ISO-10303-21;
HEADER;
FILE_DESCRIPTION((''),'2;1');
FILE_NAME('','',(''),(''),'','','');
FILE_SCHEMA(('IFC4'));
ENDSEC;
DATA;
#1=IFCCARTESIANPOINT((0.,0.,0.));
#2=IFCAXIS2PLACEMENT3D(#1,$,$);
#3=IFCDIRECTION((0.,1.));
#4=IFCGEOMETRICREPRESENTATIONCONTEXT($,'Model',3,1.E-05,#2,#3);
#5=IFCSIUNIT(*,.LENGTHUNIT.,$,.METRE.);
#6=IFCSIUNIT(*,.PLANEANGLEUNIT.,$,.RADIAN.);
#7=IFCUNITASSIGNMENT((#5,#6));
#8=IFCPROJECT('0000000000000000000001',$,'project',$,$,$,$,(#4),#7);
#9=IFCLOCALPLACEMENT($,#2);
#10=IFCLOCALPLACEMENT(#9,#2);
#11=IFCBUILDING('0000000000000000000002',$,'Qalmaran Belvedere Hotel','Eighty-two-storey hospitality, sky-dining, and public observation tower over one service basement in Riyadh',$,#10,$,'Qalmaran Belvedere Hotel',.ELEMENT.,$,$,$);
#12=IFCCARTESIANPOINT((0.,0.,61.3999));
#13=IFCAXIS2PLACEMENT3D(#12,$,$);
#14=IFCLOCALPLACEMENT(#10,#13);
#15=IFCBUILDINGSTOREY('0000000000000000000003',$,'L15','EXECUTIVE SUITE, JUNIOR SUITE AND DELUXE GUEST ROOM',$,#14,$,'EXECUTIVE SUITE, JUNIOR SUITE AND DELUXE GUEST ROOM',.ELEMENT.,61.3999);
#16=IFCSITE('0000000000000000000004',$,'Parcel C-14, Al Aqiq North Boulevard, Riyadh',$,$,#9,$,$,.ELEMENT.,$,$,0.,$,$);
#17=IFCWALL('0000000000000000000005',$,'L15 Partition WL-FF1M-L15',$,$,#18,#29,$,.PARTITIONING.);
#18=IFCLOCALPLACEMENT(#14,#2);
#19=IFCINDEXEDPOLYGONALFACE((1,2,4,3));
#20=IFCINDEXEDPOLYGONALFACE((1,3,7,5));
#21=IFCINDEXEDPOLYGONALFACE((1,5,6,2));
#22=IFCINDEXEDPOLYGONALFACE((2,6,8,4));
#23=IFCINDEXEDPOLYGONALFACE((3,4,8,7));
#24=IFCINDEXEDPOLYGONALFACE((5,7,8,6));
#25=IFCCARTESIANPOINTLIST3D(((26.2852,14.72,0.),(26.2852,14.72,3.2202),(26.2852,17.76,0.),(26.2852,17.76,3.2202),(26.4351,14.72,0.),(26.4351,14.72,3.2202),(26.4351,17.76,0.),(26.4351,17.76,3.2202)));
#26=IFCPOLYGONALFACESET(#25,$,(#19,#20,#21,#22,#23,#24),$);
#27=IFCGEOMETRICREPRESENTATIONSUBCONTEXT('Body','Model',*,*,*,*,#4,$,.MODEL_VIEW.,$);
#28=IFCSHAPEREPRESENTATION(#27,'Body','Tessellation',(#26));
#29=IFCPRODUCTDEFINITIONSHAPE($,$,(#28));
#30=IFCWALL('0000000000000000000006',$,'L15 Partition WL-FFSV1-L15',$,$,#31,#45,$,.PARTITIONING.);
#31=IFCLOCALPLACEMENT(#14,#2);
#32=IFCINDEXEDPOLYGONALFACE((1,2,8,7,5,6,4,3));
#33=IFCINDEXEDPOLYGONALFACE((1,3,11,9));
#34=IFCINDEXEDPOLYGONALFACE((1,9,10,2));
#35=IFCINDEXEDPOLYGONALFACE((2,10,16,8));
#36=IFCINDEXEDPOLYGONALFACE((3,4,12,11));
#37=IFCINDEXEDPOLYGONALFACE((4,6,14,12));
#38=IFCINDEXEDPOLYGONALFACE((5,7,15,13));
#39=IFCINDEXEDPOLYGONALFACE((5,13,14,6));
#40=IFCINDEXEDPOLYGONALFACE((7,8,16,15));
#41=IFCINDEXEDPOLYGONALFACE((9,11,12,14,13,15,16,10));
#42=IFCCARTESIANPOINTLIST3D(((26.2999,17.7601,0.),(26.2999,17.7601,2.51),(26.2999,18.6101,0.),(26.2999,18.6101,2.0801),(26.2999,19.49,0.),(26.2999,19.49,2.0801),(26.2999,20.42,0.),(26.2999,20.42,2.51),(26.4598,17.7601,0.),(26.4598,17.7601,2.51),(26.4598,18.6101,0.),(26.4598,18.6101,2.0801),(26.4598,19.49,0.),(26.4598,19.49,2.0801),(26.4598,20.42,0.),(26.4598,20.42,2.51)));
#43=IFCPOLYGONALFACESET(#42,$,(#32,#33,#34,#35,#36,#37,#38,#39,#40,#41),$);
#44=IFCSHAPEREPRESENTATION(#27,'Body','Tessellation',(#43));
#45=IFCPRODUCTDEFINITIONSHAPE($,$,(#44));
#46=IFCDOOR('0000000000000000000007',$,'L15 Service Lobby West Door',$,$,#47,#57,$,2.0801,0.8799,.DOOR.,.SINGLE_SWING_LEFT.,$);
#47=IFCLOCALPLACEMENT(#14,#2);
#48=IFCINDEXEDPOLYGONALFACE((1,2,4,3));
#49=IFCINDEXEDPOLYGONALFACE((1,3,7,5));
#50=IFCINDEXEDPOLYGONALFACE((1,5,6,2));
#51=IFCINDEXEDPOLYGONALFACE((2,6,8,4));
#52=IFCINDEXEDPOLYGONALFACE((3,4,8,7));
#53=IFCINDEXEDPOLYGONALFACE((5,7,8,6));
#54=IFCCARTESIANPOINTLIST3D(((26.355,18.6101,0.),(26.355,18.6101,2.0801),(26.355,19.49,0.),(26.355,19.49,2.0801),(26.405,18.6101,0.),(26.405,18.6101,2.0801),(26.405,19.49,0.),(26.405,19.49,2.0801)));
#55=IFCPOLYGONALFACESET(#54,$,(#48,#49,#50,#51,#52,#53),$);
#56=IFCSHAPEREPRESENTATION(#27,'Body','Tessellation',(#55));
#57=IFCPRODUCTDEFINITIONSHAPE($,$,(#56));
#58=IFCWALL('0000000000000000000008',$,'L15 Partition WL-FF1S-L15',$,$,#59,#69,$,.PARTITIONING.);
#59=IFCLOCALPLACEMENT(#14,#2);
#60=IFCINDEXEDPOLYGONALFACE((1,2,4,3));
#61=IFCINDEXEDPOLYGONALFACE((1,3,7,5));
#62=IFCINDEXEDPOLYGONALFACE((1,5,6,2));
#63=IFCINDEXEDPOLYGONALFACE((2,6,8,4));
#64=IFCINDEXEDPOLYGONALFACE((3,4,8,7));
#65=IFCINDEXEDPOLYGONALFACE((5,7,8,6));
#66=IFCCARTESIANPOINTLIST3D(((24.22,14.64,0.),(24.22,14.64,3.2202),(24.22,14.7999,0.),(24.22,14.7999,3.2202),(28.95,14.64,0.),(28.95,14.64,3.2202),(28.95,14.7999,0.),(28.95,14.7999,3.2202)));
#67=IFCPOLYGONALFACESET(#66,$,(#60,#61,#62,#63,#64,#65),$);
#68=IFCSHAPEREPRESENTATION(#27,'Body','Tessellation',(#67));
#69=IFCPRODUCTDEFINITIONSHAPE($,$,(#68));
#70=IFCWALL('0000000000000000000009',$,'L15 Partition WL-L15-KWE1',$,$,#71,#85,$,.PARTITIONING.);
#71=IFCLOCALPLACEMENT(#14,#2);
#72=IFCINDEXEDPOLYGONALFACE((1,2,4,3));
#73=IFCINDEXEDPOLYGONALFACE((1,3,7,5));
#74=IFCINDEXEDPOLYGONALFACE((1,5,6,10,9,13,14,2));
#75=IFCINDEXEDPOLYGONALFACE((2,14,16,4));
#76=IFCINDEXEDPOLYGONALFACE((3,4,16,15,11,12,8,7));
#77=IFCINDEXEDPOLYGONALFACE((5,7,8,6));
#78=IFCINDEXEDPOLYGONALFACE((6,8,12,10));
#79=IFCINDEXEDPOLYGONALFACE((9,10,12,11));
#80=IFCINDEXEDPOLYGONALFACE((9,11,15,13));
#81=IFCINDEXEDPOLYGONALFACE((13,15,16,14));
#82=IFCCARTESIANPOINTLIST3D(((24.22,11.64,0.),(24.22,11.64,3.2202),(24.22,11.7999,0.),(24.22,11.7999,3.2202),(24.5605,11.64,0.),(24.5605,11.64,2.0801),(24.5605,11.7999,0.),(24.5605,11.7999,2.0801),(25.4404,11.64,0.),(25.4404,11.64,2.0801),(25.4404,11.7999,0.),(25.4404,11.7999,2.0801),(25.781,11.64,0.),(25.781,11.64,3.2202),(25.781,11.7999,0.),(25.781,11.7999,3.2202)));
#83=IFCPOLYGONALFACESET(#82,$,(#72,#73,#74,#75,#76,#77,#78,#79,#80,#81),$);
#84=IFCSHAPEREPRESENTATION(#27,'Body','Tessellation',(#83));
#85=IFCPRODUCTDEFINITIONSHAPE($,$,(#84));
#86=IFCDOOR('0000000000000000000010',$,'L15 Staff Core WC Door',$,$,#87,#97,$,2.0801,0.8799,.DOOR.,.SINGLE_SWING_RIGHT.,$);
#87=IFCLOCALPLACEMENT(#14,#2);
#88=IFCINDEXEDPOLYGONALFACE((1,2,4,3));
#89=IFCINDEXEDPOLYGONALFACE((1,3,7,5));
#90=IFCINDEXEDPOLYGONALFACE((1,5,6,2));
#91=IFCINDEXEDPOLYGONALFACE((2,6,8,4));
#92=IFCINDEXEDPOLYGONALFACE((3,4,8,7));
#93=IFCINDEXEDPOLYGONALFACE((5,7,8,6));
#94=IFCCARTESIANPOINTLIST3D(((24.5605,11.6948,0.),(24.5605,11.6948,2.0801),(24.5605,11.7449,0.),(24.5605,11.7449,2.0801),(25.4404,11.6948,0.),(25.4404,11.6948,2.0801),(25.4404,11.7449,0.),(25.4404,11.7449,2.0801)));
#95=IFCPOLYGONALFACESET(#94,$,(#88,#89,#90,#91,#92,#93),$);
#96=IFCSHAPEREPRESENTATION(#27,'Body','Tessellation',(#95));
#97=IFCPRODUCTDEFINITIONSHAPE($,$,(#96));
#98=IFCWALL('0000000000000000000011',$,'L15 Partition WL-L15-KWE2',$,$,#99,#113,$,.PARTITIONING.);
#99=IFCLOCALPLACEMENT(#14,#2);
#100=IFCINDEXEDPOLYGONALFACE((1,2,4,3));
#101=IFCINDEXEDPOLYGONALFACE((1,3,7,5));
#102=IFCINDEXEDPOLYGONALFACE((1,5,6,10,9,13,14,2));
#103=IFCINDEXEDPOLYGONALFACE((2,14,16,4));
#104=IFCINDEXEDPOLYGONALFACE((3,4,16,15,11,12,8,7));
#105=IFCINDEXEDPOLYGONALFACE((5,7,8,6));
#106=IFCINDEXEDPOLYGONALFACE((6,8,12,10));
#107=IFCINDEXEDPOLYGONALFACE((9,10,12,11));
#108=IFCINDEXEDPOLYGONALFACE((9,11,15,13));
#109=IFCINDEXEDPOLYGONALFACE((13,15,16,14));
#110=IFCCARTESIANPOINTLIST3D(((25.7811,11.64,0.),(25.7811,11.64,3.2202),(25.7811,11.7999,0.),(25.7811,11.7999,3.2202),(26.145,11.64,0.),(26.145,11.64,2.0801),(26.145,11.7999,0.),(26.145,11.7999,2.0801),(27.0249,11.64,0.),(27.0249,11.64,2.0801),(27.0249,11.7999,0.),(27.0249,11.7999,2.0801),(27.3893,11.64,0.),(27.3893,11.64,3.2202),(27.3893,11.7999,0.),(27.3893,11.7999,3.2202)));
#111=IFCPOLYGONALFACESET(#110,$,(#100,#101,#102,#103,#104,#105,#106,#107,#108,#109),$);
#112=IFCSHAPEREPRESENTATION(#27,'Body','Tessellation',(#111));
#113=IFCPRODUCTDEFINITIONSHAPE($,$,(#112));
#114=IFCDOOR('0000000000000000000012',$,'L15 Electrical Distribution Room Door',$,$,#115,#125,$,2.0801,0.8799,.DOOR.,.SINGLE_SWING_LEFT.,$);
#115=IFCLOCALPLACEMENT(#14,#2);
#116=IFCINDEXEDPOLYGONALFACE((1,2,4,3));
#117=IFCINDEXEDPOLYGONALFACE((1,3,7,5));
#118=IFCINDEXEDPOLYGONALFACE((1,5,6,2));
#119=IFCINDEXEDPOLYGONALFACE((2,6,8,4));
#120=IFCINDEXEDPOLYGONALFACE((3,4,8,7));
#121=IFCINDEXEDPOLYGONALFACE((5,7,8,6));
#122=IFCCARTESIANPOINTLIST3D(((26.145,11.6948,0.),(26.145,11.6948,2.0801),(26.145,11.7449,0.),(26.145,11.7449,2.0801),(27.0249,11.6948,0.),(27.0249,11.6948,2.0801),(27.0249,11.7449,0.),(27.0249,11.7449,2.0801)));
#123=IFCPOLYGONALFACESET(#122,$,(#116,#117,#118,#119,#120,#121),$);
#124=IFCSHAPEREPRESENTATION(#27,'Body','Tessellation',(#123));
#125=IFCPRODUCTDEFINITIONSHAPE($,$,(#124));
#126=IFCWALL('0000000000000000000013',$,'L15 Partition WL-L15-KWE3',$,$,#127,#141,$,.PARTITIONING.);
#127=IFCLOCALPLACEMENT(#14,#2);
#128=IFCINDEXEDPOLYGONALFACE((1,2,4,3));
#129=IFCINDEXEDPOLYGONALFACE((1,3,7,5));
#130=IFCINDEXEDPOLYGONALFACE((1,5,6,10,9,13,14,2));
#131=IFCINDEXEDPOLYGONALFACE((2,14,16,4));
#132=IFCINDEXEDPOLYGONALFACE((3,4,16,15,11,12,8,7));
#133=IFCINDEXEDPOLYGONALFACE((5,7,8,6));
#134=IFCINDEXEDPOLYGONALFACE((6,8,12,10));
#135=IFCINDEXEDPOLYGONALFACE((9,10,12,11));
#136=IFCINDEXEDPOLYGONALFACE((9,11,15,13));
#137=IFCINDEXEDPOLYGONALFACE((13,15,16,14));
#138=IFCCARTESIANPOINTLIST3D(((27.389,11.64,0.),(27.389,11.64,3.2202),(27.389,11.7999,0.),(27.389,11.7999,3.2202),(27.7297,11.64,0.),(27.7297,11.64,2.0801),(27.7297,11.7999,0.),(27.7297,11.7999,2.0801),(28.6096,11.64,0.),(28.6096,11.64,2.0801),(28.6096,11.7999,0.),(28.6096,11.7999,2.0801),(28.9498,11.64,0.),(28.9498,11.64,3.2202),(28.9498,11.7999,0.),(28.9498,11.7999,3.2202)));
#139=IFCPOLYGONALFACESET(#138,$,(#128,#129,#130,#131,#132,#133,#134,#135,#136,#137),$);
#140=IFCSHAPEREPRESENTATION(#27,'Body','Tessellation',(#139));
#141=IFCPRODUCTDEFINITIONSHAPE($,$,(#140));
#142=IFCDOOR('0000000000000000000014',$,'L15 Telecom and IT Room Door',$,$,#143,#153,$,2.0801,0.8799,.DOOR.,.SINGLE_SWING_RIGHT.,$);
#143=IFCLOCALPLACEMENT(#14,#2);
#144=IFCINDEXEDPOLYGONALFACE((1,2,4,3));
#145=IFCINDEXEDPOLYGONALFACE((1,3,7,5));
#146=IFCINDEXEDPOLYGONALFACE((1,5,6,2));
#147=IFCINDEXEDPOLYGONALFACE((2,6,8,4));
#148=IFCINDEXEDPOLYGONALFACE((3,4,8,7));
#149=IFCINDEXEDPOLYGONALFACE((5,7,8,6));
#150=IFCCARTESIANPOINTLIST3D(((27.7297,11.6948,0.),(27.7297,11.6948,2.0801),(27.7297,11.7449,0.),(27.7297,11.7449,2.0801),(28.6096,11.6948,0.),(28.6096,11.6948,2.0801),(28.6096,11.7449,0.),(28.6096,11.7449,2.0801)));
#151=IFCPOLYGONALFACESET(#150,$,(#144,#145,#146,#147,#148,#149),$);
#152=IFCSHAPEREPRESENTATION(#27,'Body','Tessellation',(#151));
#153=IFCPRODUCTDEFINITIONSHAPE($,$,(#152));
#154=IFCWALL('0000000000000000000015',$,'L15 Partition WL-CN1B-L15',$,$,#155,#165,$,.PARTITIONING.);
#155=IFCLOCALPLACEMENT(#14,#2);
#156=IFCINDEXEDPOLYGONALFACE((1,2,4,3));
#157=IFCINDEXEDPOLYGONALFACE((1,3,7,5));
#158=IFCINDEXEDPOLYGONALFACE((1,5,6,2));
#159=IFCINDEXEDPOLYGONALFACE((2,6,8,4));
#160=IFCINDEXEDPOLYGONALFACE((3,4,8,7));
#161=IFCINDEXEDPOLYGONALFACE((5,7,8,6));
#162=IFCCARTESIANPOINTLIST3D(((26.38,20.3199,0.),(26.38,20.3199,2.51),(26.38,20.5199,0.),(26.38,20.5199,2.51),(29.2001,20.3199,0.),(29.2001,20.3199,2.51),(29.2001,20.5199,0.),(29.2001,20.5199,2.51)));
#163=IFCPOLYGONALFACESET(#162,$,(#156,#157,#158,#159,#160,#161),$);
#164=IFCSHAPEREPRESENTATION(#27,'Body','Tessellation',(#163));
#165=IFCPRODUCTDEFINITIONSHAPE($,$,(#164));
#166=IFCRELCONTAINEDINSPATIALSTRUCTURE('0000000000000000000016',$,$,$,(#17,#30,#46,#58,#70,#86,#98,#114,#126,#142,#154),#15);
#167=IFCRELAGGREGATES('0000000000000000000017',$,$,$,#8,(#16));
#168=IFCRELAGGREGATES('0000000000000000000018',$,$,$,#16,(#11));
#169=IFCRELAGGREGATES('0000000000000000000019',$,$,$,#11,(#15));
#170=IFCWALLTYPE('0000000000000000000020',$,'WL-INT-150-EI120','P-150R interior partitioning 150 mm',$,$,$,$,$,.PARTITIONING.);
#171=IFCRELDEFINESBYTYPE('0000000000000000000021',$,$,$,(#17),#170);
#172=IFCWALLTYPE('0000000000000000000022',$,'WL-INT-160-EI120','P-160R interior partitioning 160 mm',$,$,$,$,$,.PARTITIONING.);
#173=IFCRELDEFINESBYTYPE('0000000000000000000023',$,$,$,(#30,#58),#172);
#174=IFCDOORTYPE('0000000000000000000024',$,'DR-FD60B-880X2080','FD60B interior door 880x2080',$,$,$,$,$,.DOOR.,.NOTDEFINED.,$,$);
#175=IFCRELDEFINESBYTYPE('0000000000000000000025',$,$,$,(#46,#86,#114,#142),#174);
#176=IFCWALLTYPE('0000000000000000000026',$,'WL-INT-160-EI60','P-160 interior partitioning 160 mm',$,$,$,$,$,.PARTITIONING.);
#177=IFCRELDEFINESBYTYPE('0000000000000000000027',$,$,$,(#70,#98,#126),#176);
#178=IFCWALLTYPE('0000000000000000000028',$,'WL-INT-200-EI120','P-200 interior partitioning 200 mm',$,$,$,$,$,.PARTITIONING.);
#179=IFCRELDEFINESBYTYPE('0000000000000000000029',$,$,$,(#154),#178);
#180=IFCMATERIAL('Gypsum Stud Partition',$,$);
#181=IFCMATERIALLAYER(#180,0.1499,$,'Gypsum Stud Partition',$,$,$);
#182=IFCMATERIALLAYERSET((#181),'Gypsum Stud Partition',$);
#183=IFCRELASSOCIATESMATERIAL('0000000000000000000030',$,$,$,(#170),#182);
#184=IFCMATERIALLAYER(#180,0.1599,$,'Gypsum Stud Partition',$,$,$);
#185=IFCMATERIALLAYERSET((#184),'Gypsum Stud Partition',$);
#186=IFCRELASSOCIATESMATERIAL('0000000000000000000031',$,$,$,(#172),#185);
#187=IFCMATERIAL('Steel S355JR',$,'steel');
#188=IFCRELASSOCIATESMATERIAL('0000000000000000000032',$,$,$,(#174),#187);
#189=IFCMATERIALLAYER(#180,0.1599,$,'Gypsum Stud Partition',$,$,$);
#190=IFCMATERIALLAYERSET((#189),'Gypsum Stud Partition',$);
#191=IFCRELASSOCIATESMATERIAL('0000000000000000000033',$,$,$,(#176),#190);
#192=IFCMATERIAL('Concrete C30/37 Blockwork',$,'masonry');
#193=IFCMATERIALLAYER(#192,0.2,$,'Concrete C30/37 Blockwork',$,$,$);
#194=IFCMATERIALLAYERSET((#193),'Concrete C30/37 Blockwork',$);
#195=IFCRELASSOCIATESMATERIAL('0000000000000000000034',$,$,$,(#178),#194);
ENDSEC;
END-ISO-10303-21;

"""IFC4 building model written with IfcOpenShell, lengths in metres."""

from ifc_helpers import new_model, si_unit, direction, frame, frame_2d, origin, place, context, subcontext, project, spatial, rectangle, extrude, material, layer, layer_set, type_object, element, fill, save


model = new_model("IFC4")

# Units and contexts
model_context = context("Model", 3, precision=1e-05, world=origin(), true_north=direction((0.0, 1.0)))
body_context = subcontext(model_context, "Body", "Model", "MODEL_VIEW")
ifc_project = project(units=[si_unit("LENGTHUNIT", "METRE"), si_unit("PLANEANGLEUNIT", "RADIAN")], contexts=[model_context])

# Site, building, storey
site_placement = place(None, origin())
site = spatial("IfcSite", under=ifc_project, at=site_placement, Name="Parcel C-14, Al Aqiq North Boulevard, Riyadh", CompositionType="ELEMENT", RefElevation=0.0)
building_placement = place(site_placement, origin())
building = spatial("IfcBuilding", under=site, at=building_placement, Name="Qalmaran Belvedere Hotel", Description="Eighty-two-storey hospitality, sky-dining, and public observation tower over one service basement in Riyadh", LongName="Qalmaran Belvedere Hotel", CompositionType="ELEMENT")
storey_placement = place(building_placement, frame((0.0, 0.0, 61.3999)))
storey = spatial("IfcBuildingStorey", under=building, at=storey_placement, Name="L15", Description="EXECUTIVE SUITE, JUNIOR SUITE AND DELUXE GUEST ROOM", LongName="EXECUTIVE SUITE, JUNIOR SUITE AND DELUXE GUEST ROOM", CompositionType="ELEMENT", Elevation=61.3999)

# Wall
ifc_material_1 = material(Name="Gypsum Stud Partition")
ifc_layer_1 = layer(ifc_material_1, 0.1499, Name="Gypsum Stud Partition")
ifc_layer_set_1 = layer_set([ifc_layer_1], Name="Gypsum Stud Partition")
wall_type_1 = type_object("IfcWallType", Name="WL-INT-150-EI120", Description="P-150R interior partitioning 150 mm", PredefinedType="PARTITIONING", material=ifc_layer_set_1)
wall_1_placement = place(storey_placement, frame((26.3601, 14.72, 0.0), z_axis=(0.0, 0.0, 1.0), x_axis=(0.0, 1.0, 0.0)))
element("IfcWall", 1, at=wall_1_placement, inside=storey, type_object=wall_type_1, Name="L15 Partition WL-FF1M-L15", PredefinedType="PARTITIONING", context=body_context, shape_type="SweptSolid", body=[
    extrude(rectangle(XDim=3.04, YDim=0.1499, at=frame_2d((1.52, 0.0))), origin(), (0.0, 0.0, 1.0), 3.2202),
])

# Wall, opening, door
ifc_layer_2 = layer(ifc_material_1, 0.1599, Name="Gypsum Stud Partition")
ifc_layer_set_2 = layer_set([ifc_layer_2], Name="Gypsum Stud Partition")
wall_type_2 = type_object("IfcWallType", Name="WL-INT-160-EI120", Description="P-160R interior partitioning 160 mm", PredefinedType="PARTITIONING", material=ifc_layer_set_2)
wall_2_placement = place(storey_placement, frame((26.3799, 17.76, 0.0), z_axis=(0.0, 0.0, 1.0), x_axis=(0.0, 1.0, 0.0)))
wall_2 = element("IfcWall", 2, at=wall_2_placement, inside=storey, type_object=wall_type_2, Name="L15 Partition WL-FFSV1-L15", PredefinedType="PARTITIONING", context=body_context, shape_type="SweptSolid", body=[
    extrude(rectangle(XDim=2.6599, YDim=0.1599, at=frame_2d((1.3301, 0.0))), origin(), (0.0, 0.0, 1.0), 2.51),
])
opening_1_placement = place(wall_2_placement, frame((0.8501, 0.0, 0.0)))
opening_1 = element("IfcOpeningElement", 3, at=opening_1_placement, cuts=wall_2, PredefinedType="OPENING", context=body_context, shape_type="SweptSolid", body=[
    extrude(rectangle(XDim=0.8799, YDim=2.0801, at=frame_2d((0.4399, 1.04))), frame((0.0, 0.0898, 0.0), z_axis=(0.0, -1.0, 0.0), x_axis=(1.0, 0.0, 0.0)), (0.0, 0.0, 1.0), 0.1799),
])
ifc_material_2 = material(Name="Steel S355JR", Category="steel")
door_type_1 = type_object("IfcDoorType", Name="DR-FD60B-880X2080", Description="FD60B interior door 880x2080", OperationType="NOTDEFINED", PredefinedType="DOOR", material=ifc_material_2)
door_1_placement = place(opening_1_placement, origin())
door_1 = element("IfcDoor", 4, at=door_1_placement, inside=storey, type_object=door_type_1, Name="L15 Service Lobby West Door", OperationType="SINGLE_SWING_LEFT", OverallHeight=2.0801, OverallWidth=0.8799, PredefinedType="DOOR", context=body_context, shape_type="SweptSolid", body=[
    extrude(rectangle(XDim=0.8799, YDim=2.0801, at=frame_2d((0.4399, 1.04))), frame((0.0, 0.0249, 0.0), z_axis=(0.0, -1.0, 0.0), x_axis=(1.0, 0.0, 0.0)), (0.0, 0.0, 1.0), 0.05),
])
fill(opening_1, door_1)

# Wall
wall_3_placement = place(storey_placement, frame((24.22, 14.72, 0.0), z_axis=(0.0, 0.0, 1.0), x_axis=(1.0, 0.0, 0.0)))
element("IfcWall", 5, at=wall_3_placement, inside=storey, type_object=wall_type_2, Name="L15 Partition WL-FF1S-L15", PredefinedType="PARTITIONING", context=body_context, shape_type="SweptSolid", body=[
    extrude(rectangle(XDim=4.73, YDim=0.1599, at=frame_2d((2.365, 0.0))), origin(), (0.0, 0.0, 1.0), 3.2202),
])

# Walls, openings, doors
ifc_layer_3 = layer(ifc_material_1, 0.1599, Name="Gypsum Stud Partition")
ifc_layer_set_3 = layer_set([ifc_layer_3], Name="Gypsum Stud Partition")
wall_type_3 = type_object("IfcWallType", Name="WL-INT-160-EI60", Description="P-160 interior partitioning 160 mm", PredefinedType="PARTITIONING", material=ifc_layer_set_3)
wall_4_placement = place(storey_placement, frame((24.22, 11.72, 0.0), z_axis=(0.0, 0.0, 1.0), x_axis=(1.0, 0.0, 0.0)))
wall_4 = element("IfcWall", 6, at=wall_4_placement, inside=storey, type_object=wall_type_3, Name="L15 Partition WL-L15-KWE1", PredefinedType="PARTITIONING", context=body_context, shape_type="SweptSolid", body=[
    extrude(rectangle(XDim=1.561, YDim=0.1599, at=frame_2d((0.7805, 0.0))), origin(), (0.0, 0.0, 1.0), 3.2202),
])
opening_2_placement = place(wall_4_placement, frame((0.3406, 0.0, 0.0)))
opening_2 = element("IfcOpeningElement", 7, at=opening_2_placement, cuts=wall_4, PredefinedType="OPENING", context=body_context, shape_type="SweptSolid", body=[
    extrude(rectangle(XDim=0.8799, YDim=2.0801, at=frame_2d((0.4399, 1.04))), frame((0.0, 0.0898, 0.0), z_axis=(0.0, -1.0, 0.0), x_axis=(1.0, 0.0, 0.0)), (0.0, 0.0, 1.0), 0.1799),
])
door_2_placement = place(opening_2_placement, origin())
door_2 = element("IfcDoor", 8, at=door_2_placement, inside=storey, type_object=door_type_1, Name="L15 Staff Core WC Door", OperationType="SINGLE_SWING_RIGHT", OverallHeight=2.0801, OverallWidth=0.8799, PredefinedType="DOOR", context=body_context, shape_type="SweptSolid", body=[
    extrude(rectangle(XDim=0.8799, YDim=2.0801, at=frame_2d((0.4399, 1.04))), frame((0.0, 0.0249, 0.0), z_axis=(0.0, -1.0, 0.0), x_axis=(1.0, 0.0, 0.0)), (0.0, 0.0, 1.0), 0.05),
])
fill(opening_2, door_2)
wall_5_placement = place(storey_placement, frame((25.781, 11.72, 0.0), z_axis=(0.0, 0.0, 1.0), x_axis=(1.0, 0.0, 0.0)))
wall_5 = element("IfcWall", 9, at=wall_5_placement, inside=storey, type_object=wall_type_3, Name="L15 Partition WL-L15-KWE2", PredefinedType="PARTITIONING", context=body_context, shape_type="SweptSolid", body=[
    extrude(rectangle(XDim=1.6082, YDim=0.1599, at=frame_2d((0.8042, 0.0))), origin(), (0.0, 0.0, 1.0), 3.2202),
])
opening_3_placement = place(wall_5_placement, frame((0.364, 0.0, 0.0)))
opening_3 = element("IfcOpeningElement", 10, at=opening_3_placement, cuts=wall_5, PredefinedType="OPENING", context=body_context, shape_type="SweptSolid", body=[
    extrude(rectangle(XDim=0.8799, YDim=2.0801, at=frame_2d((0.4399, 1.04))), frame((0.0, 0.0898, 0.0), z_axis=(0.0, -1.0, 0.0), x_axis=(1.0, 0.0, 0.0)), (0.0, 0.0, 1.0), 0.1799),
])
door_3_placement = place(opening_3_placement, origin())
door_3 = element("IfcDoor", 11, at=door_3_placement, inside=storey, type_object=door_type_1, Name="L15 Electrical Distribution Room Door", OperationType="SINGLE_SWING_LEFT", OverallHeight=2.0801, OverallWidth=0.8799, PredefinedType="DOOR", context=body_context, shape_type="SweptSolid", body=[
    extrude(rectangle(XDim=0.8799, YDim=2.0801, at=frame_2d((0.4399, 1.04))), frame((0.0, 0.0249, 0.0), z_axis=(0.0, -1.0, 0.0), x_axis=(1.0, 0.0, 0.0)), (0.0, 0.0, 1.0), 0.05),
])
fill(opening_3, door_3)
wall_6_placement = place(storey_placement, frame((27.3892, 11.72, 0.0), z_axis=(0.0, 0.0, 1.0), x_axis=(1.0, 0.0, 0.0)))
wall_6 = element("IfcWall", 12, at=wall_6_placement, inside=storey, type_object=wall_type_3, Name="L15 Partition WL-L15-KWE3", PredefinedType="PARTITIONING", context=body_context, shape_type="SweptSolid", body=[
    extrude(rectangle(XDim=1.5608, YDim=0.1599, at=frame_2d((0.7803, 0.0))), origin(), (0.0, 0.0, 1.0), 3.2202),
])
opening_4_placement = place(wall_6_placement, frame((0.3406, 0.0, 0.0)))
opening_4 = element("IfcOpeningElement", 13, at=opening_4_placement, cuts=wall_6, PredefinedType="OPENING", context=body_context, shape_type="SweptSolid", body=[
    extrude(rectangle(XDim=0.8799, YDim=2.0801, at=frame_2d((0.4399, 1.04))), frame((0.0, 0.0898, 0.0), z_axis=(0.0, -1.0, 0.0), x_axis=(1.0, 0.0, 0.0)), (0.0, 0.0, 1.0), 0.1799),
])
door_4_placement = place(opening_4_placement, origin())
door_4 = element("IfcDoor", 14, at=door_4_placement, inside=storey, type_object=door_type_1, Name="L15 Telecom and IT Room Door", OperationType="SINGLE_SWING_RIGHT", OverallHeight=2.0801, OverallWidth=0.8799, PredefinedType="DOOR", context=body_context, shape_type="SweptSolid", body=[
    extrude(rectangle(XDim=0.8799, YDim=2.0801, at=frame_2d((0.4399, 1.04))), frame((0.0, 0.0249, 0.0), z_axis=(0.0, -1.0, 0.0), x_axis=(1.0, 0.0, 0.0)), (0.0, 0.0, 1.0), 0.05),
])
fill(opening_4, door_4)

# Wall
ifc_material_3 = material(Name="Concrete C30/37 Blockwork", Category="masonry")
ifc_layer_4 = layer(ifc_material_3, 0.2, Name="Concrete C30/37 Blockwork")
ifc_layer_set_4 = layer_set([ifc_layer_4], Name="Concrete C30/37 Blockwork")
wall_type_4 = type_object("IfcWallType", Name="WL-INT-200-EI120", Description="P-200 interior partitioning 200 mm", PredefinedType="PARTITIONING", material=ifc_layer_set_4)
wall_7_placement = place(storey_placement, frame((26.3799, 20.4199, 0.0), z_axis=(0.0, 0.0, 1.0), x_axis=(1.0, 0.0, 0.0)))
element("IfcWall", 15, at=wall_7_placement, inside=storey, type_object=wall_type_4, Name="L15 Partition WL-CN1B-L15", PredefinedType="PARTITIONING", context=body_context, shape_type="SweptSolid", body=[
    extrude(rectangle(XDim=2.8201, YDim=0.2, at=frame_2d((1.4102, 0.0))), origin(), (0.0, 0.0, 1.0), 2.51),
])

save(model, "model.ifc")
